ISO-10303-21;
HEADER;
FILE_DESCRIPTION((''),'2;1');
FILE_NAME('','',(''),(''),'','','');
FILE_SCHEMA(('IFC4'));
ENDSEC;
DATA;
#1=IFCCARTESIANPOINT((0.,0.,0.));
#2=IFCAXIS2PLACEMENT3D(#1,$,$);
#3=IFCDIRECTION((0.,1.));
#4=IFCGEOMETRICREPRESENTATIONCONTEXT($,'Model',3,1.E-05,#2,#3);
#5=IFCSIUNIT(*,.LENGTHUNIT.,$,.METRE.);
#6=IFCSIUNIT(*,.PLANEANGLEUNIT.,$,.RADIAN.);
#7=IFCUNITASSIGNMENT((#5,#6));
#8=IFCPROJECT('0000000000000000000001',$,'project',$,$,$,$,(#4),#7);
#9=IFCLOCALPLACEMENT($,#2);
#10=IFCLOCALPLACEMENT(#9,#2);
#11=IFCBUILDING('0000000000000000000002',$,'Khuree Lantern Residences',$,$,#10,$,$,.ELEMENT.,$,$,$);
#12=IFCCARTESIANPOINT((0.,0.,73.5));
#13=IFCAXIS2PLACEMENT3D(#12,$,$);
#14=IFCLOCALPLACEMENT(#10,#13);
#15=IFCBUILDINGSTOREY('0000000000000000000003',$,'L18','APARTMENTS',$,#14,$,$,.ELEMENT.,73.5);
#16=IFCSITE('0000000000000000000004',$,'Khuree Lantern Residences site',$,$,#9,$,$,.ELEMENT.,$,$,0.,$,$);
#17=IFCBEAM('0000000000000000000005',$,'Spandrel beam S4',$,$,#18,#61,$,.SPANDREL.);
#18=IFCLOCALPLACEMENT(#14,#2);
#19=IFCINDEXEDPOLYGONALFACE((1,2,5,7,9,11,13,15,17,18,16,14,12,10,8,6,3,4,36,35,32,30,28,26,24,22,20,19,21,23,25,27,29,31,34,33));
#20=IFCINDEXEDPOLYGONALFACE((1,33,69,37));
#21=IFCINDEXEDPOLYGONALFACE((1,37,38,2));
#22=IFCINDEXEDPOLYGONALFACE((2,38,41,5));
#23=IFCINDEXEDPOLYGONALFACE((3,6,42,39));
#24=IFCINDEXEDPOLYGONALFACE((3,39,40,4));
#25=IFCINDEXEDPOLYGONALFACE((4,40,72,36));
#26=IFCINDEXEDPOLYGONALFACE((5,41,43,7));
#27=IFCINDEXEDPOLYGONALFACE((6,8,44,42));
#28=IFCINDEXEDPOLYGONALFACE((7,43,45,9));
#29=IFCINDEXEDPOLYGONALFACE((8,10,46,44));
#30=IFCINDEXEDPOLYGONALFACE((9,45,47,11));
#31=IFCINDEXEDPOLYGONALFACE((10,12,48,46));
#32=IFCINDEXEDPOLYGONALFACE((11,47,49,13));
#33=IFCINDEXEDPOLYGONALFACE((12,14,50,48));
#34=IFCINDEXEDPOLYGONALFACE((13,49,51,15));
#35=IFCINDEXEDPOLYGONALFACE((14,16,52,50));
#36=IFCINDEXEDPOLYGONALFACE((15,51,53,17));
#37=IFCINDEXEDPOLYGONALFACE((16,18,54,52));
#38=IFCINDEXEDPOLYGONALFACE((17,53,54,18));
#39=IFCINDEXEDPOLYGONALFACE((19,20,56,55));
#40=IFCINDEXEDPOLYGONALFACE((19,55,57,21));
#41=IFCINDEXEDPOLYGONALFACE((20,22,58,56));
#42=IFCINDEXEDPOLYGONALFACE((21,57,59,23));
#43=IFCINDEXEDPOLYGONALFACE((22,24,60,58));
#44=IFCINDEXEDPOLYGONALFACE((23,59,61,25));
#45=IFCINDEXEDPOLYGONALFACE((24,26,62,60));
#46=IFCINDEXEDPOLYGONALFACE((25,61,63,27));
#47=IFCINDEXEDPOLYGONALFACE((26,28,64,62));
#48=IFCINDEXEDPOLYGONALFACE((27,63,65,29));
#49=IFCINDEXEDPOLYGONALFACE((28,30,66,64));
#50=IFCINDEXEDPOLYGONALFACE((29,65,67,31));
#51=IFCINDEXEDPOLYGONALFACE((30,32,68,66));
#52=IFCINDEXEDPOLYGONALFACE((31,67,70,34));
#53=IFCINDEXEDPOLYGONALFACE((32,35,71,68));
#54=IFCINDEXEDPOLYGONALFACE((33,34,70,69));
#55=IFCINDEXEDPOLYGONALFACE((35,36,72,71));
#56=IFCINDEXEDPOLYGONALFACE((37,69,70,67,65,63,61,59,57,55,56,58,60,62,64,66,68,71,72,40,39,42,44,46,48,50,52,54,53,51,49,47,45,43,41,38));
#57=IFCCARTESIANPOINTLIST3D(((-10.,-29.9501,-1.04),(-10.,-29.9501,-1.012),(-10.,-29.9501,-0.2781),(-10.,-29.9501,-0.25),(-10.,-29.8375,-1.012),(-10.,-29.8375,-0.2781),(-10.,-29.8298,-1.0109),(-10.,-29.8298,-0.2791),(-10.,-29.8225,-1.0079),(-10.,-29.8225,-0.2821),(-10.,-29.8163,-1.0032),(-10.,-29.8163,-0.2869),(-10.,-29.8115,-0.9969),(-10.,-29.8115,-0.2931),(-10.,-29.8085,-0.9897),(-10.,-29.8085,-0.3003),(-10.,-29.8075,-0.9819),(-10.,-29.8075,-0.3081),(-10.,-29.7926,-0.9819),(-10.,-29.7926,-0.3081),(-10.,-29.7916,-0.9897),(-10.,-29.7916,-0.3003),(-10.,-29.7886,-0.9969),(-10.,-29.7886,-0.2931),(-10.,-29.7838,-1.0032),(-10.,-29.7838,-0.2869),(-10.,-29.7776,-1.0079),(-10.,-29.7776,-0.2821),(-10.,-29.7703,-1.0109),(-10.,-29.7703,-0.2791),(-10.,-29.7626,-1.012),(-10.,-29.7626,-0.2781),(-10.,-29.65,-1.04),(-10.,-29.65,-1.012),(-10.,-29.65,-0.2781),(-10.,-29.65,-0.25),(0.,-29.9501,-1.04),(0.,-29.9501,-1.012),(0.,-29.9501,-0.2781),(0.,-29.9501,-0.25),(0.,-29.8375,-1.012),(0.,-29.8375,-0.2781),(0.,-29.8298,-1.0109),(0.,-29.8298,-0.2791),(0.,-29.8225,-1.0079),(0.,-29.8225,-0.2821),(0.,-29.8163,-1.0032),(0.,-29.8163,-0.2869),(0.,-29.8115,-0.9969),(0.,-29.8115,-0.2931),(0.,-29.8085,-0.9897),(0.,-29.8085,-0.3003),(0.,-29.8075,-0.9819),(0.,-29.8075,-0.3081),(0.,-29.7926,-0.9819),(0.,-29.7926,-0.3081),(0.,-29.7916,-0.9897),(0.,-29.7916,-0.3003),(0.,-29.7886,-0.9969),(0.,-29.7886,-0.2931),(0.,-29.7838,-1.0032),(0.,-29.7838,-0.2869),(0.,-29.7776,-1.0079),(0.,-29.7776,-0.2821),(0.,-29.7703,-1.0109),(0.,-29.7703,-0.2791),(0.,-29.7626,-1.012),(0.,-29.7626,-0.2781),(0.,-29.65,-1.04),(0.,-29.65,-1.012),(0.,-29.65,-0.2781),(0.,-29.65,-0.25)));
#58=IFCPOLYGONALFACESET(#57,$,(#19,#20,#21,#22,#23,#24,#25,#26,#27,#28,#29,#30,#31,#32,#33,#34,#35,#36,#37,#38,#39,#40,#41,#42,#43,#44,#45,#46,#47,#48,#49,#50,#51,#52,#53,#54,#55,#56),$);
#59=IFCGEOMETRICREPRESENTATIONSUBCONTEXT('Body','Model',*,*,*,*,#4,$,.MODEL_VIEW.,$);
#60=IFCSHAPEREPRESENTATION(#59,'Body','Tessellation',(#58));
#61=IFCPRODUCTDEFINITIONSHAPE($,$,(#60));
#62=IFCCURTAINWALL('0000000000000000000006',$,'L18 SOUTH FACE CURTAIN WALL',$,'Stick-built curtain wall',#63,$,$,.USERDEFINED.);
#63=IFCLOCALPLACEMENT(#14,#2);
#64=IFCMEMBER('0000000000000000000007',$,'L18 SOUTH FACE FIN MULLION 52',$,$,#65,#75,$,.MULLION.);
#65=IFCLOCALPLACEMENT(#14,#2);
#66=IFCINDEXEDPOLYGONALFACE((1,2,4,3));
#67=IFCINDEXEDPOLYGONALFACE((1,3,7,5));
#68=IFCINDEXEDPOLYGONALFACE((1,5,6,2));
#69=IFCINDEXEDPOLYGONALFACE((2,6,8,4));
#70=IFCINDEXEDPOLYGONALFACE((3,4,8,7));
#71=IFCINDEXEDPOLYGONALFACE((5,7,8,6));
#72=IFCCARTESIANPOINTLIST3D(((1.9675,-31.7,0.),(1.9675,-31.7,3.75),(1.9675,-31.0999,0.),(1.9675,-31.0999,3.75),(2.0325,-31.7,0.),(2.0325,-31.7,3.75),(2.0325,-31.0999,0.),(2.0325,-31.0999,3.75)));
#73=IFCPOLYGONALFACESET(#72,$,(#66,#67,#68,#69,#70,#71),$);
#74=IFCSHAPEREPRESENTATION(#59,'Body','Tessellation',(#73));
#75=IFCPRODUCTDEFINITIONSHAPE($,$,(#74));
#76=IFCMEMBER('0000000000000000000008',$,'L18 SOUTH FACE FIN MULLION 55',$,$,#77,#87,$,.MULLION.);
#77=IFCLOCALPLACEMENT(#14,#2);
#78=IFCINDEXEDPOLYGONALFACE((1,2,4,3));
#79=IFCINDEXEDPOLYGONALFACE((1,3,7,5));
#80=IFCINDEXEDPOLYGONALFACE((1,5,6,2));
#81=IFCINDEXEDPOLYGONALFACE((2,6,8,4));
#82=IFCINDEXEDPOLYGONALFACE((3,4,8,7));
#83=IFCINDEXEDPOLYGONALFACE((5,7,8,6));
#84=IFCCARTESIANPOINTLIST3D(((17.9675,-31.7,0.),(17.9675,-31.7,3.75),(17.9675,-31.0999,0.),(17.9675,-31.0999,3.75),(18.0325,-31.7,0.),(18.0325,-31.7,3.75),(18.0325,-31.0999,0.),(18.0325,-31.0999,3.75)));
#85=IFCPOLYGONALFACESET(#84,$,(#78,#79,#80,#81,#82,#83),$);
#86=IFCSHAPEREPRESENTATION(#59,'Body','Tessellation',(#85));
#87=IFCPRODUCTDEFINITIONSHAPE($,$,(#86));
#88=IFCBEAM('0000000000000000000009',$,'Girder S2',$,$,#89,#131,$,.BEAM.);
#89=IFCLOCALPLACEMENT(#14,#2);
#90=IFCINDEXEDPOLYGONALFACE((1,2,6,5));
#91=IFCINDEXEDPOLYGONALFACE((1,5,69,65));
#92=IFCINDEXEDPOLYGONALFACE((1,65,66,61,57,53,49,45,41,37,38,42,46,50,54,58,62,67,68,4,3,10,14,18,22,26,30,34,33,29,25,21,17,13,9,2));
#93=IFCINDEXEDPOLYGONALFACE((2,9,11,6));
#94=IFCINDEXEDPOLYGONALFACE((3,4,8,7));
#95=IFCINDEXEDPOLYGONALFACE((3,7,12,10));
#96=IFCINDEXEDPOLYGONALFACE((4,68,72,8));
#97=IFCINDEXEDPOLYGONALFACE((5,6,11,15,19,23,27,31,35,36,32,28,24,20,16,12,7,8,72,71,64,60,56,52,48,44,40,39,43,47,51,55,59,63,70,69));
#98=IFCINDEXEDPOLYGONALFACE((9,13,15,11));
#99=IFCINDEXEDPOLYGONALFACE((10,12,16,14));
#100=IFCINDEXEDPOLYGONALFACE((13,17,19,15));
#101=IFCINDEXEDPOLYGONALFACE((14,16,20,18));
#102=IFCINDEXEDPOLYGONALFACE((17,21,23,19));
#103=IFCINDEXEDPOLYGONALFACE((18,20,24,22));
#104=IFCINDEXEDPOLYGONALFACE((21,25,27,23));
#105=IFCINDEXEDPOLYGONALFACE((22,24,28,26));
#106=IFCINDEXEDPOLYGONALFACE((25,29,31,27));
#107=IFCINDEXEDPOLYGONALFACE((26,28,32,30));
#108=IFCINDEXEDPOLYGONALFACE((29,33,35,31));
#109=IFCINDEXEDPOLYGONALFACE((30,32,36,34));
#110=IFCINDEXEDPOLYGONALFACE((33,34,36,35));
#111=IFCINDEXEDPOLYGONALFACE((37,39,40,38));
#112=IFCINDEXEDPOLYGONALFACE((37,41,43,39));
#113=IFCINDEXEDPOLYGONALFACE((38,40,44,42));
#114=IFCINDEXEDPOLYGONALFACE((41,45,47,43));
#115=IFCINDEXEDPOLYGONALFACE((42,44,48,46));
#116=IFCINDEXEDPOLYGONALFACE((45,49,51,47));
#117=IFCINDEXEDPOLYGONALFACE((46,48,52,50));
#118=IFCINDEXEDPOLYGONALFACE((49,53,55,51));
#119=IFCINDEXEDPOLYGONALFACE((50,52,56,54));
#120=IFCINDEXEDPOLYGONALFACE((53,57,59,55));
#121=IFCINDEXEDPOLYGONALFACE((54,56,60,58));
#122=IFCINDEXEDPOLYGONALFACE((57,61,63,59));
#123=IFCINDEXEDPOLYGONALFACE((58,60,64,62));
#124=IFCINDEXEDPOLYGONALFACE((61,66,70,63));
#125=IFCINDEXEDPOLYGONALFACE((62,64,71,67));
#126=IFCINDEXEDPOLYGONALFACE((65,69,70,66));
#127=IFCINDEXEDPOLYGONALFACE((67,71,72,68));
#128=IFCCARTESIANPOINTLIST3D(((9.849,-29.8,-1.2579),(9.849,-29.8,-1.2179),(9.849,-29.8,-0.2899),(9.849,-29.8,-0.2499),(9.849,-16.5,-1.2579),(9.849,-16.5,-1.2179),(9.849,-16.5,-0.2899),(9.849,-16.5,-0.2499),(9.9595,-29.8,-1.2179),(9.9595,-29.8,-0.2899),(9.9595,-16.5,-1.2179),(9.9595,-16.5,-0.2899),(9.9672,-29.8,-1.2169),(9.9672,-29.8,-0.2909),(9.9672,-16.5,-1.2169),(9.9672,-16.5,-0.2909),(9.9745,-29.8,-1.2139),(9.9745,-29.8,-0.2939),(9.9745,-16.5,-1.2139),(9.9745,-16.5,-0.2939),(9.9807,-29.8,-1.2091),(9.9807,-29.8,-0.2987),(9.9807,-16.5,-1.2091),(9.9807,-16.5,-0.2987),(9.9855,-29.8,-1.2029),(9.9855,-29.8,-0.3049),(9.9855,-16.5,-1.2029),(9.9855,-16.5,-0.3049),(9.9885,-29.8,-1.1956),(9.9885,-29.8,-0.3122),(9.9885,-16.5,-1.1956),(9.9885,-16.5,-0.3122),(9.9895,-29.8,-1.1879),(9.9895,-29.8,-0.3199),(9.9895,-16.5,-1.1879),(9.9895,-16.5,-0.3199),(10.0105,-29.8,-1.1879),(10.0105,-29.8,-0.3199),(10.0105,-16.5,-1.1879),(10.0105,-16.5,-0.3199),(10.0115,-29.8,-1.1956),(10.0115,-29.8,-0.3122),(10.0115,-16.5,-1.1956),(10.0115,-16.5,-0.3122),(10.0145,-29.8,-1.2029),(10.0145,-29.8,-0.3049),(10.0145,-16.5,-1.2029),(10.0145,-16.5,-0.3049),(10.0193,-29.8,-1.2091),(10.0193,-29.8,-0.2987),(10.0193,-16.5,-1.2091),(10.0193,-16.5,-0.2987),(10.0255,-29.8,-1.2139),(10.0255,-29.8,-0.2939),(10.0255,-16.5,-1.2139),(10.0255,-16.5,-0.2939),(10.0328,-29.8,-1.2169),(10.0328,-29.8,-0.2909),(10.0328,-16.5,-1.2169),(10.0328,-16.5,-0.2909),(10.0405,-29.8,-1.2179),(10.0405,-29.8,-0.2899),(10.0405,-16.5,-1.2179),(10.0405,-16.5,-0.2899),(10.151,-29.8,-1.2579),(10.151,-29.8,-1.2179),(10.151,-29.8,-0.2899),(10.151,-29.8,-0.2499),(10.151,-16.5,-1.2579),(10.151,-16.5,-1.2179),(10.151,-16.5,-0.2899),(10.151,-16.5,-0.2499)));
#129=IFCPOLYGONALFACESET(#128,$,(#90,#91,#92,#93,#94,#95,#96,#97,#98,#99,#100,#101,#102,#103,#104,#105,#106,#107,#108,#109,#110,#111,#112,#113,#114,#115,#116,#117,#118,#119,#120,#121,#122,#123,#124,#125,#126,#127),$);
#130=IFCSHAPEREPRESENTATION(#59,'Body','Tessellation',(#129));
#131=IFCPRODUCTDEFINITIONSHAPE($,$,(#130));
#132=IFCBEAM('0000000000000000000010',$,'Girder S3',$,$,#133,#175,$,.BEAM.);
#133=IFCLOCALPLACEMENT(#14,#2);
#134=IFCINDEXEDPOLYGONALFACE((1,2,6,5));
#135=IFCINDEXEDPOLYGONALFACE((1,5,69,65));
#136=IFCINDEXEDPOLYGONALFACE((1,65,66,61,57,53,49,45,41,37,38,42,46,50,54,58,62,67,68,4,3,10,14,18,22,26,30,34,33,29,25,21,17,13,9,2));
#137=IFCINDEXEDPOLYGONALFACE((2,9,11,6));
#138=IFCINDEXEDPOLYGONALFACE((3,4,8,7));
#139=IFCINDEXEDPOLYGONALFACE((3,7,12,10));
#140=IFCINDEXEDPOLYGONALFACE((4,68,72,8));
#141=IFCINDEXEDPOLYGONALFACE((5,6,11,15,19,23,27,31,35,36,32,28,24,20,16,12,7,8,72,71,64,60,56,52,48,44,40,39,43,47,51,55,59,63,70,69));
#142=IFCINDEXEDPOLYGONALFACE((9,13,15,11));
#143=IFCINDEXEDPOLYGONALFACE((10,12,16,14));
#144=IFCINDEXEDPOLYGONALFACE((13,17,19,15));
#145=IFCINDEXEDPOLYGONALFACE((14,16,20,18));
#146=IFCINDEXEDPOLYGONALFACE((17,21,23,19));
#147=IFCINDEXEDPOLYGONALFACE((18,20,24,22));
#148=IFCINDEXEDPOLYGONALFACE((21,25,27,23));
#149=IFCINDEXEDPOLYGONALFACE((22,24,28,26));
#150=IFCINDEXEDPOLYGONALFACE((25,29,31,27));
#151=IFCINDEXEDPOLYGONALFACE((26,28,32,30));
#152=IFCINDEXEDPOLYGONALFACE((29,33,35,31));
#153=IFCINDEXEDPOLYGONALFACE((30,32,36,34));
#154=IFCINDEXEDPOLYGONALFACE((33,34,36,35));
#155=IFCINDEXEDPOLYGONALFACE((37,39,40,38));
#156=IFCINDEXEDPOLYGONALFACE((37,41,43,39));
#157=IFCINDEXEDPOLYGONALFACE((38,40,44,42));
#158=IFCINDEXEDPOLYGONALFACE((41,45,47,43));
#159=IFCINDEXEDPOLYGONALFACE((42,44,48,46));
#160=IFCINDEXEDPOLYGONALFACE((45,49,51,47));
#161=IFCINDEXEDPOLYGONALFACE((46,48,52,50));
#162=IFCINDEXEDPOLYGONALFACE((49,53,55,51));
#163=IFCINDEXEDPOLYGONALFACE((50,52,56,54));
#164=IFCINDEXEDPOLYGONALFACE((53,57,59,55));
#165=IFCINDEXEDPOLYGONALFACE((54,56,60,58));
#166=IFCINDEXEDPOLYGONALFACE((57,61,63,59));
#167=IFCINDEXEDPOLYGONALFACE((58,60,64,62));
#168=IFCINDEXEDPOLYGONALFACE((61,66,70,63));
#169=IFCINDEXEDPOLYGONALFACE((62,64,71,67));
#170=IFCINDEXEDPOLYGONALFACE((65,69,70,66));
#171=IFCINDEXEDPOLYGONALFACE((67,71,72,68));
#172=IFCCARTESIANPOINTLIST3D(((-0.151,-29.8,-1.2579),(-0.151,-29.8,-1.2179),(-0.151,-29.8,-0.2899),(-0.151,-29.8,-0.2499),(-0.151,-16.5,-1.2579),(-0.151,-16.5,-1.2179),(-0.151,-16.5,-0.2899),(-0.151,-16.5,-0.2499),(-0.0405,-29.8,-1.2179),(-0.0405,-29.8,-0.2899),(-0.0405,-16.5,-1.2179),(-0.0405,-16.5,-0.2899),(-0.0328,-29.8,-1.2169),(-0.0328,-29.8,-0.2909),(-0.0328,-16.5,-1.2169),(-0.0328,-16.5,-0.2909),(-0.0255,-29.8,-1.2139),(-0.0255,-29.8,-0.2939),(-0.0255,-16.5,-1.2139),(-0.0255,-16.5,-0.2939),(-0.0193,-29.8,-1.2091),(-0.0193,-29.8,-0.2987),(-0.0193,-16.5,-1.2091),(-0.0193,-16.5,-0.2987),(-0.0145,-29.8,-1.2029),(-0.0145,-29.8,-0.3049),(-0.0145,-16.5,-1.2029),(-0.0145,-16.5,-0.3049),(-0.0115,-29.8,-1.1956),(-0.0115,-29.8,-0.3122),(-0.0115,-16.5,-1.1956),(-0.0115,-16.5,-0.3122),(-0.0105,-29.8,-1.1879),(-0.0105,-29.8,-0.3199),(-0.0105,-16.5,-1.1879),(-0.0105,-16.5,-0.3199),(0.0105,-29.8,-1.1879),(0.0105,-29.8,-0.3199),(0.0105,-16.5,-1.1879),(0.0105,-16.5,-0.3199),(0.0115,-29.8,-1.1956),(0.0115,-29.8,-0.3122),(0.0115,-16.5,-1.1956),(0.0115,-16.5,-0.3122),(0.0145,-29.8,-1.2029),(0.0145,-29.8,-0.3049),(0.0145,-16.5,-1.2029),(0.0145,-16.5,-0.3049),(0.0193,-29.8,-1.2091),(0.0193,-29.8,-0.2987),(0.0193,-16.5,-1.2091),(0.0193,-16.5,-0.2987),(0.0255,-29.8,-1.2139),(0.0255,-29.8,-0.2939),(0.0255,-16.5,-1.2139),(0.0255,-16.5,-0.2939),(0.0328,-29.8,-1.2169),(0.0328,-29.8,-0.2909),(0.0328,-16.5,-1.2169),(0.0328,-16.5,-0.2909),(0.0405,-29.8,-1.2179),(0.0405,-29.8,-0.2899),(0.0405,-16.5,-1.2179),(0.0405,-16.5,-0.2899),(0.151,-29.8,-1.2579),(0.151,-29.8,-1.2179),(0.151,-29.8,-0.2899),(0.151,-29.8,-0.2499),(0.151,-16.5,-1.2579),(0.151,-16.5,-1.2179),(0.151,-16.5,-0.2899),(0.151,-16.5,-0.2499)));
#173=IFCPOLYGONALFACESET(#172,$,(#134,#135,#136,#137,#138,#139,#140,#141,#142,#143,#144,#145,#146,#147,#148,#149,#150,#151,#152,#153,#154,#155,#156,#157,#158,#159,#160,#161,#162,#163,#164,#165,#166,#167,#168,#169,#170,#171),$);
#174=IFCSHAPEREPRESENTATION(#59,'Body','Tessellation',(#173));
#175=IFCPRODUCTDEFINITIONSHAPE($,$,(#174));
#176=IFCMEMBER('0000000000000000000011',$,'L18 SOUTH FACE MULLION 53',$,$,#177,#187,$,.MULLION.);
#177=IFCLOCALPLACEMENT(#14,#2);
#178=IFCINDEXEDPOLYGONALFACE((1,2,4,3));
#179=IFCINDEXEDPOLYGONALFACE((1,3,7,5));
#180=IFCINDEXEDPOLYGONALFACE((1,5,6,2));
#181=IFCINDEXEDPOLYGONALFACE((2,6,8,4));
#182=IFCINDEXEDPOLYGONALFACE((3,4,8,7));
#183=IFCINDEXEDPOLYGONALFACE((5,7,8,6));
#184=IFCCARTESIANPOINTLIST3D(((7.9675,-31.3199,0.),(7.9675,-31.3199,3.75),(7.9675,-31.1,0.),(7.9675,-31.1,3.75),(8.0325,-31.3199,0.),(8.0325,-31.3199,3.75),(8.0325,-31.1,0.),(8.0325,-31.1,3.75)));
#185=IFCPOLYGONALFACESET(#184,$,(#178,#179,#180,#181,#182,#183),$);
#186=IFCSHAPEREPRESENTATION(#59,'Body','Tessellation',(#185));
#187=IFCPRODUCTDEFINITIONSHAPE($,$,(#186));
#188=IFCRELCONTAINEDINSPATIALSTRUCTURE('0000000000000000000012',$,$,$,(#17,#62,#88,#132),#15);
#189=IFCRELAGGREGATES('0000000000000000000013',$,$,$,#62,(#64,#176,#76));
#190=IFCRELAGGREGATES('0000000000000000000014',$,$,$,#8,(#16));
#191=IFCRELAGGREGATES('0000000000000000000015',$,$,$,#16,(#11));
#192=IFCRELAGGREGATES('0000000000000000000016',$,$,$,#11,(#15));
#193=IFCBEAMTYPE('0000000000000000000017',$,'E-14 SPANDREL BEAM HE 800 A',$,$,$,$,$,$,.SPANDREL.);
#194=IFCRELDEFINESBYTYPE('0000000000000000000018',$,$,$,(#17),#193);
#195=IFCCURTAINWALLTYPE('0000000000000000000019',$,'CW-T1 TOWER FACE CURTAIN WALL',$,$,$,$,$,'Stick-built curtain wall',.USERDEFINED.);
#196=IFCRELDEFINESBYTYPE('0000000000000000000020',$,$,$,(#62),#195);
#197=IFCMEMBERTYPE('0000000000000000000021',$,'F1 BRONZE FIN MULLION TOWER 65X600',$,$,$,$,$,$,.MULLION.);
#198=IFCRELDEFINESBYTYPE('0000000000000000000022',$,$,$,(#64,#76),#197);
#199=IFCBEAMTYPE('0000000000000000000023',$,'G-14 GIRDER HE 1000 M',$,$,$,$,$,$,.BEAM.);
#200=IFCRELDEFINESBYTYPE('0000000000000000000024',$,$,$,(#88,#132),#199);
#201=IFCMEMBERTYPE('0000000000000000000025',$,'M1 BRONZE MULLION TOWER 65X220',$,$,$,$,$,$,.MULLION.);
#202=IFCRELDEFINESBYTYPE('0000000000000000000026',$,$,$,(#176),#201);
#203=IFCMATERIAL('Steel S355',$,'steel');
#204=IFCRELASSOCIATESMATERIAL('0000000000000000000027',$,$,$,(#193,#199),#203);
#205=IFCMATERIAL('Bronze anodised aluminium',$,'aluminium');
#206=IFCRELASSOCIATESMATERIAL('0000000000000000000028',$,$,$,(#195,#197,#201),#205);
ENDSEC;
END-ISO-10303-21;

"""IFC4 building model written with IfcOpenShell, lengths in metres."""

from ifc_helpers import new_model, si_unit, direction, frame, origin, origin_2d, place, context, subcontext, project, spatial, rectangle, i_section, extrude, material, material_profile, profile_set, type_object, element, aggregate, save


model = new_model("IFC4")

# Units and contexts
model_context = context("Model", 3, precision=1e-05, world=origin(), true_north=direction((0.0, 1.0)))
body_context = subcontext(model_context, "Body", "Model", "MODEL_VIEW")
ifc_project = project(units=[si_unit("LENGTHUNIT", "METRE"), si_unit("PLANEANGLEUNIT", "RADIAN")], contexts=[model_context])

# Site, building, storey
site_placement = place(None, origin())
site = spatial("IfcSite", under=ifc_project, at=site_placement, Name="Khuree Lantern Residences site", CompositionType="ELEMENT", RefElevation=0.0)
building_placement = place(site_placement, origin())
building = spatial("IfcBuilding", under=site, at=building_placement, Name="Khuree Lantern Residences", CompositionType="ELEMENT")
storey_placement = place(building_placement, frame((0.0, 0.0, 73.5)))
storey = spatial("IfcBuildingStorey", under=building, at=storey_placement, Name="L18", Description="APARTMENTS", CompositionType="ELEMENT", Elevation=73.5)

# Beam
ifc_material_1 = material(Name="Steel S355", Category="steel")
ifc_material_profile_1 = material_profile(ifc_material_1, i_section(OverallWidth=0.3, OverallDepth=0.79, WebThickness=0.0149, FlangeThickness=0.0281, FilletRadius=0.03, at=origin_2d()), Name="HE 800 A")
ifc_profile_set_1 = profile_set([ifc_material_profile_1], Name="Steel S355")
beam_type_1 = type_object("IfcBeamType", Name="E-14 SPANDREL BEAM HE 800 A", PredefinedType="SPANDREL", material=ifc_profile_set_1)
for number, where, z_axis, x_axis, name in (
    (1, (0.0, -29.8, -0.645), (-1.0, 0.0, 0.0), (0.0, -1.0, 0.0), "Spandrel beam S4"),
):
    element("IfcBeam", number, at=place(storey_placement, frame(where, z_axis=z_axis, x_axis=x_axis)), inside=storey, type_object=beam_type_1, Name=name, PredefinedType="SPANDREL", context=body_context, shape_type="SweptSolid", body=[
        extrude(i_section(OverallWidth=0.3, OverallDepth=0.79, WebThickness=0.0149, FlangeThickness=0.0281, FilletRadius=0.03, at=origin_2d()), origin(), (0.0, 0.0, 1.0), 10.0),
    ])

# Curtain wall, members
ifc_material_2 = material(Name="Bronze anodised aluminium", Category="aluminium")
curtain_wall_type = type_object("IfcCurtainWallType", Name="CW-T1 TOWER FACE CURTAIN WALL", ElementType="Stick-built curtain wall", PredefinedType="USERDEFINED", material=ifc_material_2)
curtain_wall_placement = place(storey_placement, origin())
curtain_wall = element("IfcCurtainWall", 2, at=curtain_wall_placement, inside=storey, type_object=curtain_wall_type, Name="L18 SOUTH FACE CURTAIN WALL", ObjectType="Stick-built curtain wall", PredefinedType="USERDEFINED")
ifc_material_profile_2 = material_profile(ifc_material_2, rectangle(XDim=0.0649, YDim=0.6001, at=origin_2d()), Name="F1 65X600")
ifc_profile_set_2 = profile_set([ifc_material_profile_2], Name="Bronze anodised aluminium")
member_type_1 = type_object("IfcMemberType", Name="F1 BRONZE FIN MULLION TOWER 65X600", PredefinedType="MULLION", material=ifc_profile_set_2)
member_1_placement = place(storey_placement, frame((2.0, -31.3999, 0.0), z_axis=(0.0, 0.0, 1.0), x_axis=(1.0, 0.0, 0.0)))
member_1 = element("IfcMember", 3, at=member_1_placement, type_object=member_type_1, Name="L18 SOUTH FACE FIN MULLION 52", PredefinedType="MULLION", context=body_context, shape_type="SweptSolid", body=[
    extrude(rectangle(XDim=0.0649, YDim=0.6001, at=origin_2d()), origin(), (0.0, 0.0, 1.0), 3.75),
])
member_2_placement = place(storey_placement, frame((18.0, -31.3999, 0.0), z_axis=(0.0, 0.0, 1.0), x_axis=(1.0, 0.0, 0.0)))
member_2 = element("IfcMember", 4, at=member_2_placement, type_object=member_type_1, Name="L18 SOUTH FACE FIN MULLION 55", PredefinedType="MULLION", context=body_context, shape_type="SweptSolid", body=[
    extrude(rectangle(XDim=0.0649, YDim=0.6001, at=origin_2d()), origin(), (0.0, 0.0, 1.0), 3.75),
])

# Beams
ifc_material_profile_3 = material_profile(ifc_material_1, i_section(OverallWidth=0.302, OverallDepth=1.0081, WebThickness=0.021, FlangeThickness=0.04, FilletRadius=0.03, at=origin_2d()), Name="HE 1000 M")
ifc_profile_set_3 = profile_set([ifc_material_profile_3], Name="Steel S355")
beam_type_2 = type_object("IfcBeamType", Name="G-14 GIRDER HE 1000 M", PredefinedType="BEAM", material=ifc_profile_set_3)
for number, where, z_axis, x_axis, name in (
    (5, (10.0, -29.8, -0.7539), (0.0, 1.0, 0.0), (-1.0, 0.0, 0.0), "Girder S2"),
    (6, (0.0, -29.8, -0.7539), (0.0, 1.0, 0.0), (-1.0, 0.0, 0.0), "Girder S3"),
):
    element("IfcBeam", number, at=place(storey_placement, frame(where, z_axis=z_axis, x_axis=x_axis)), inside=storey, type_object=beam_type_2, Name=name, PredefinedType="BEAM", context=body_context, shape_type="SweptSolid", body=[
        extrude(i_section(OverallWidth=0.302, OverallDepth=1.0081, WebThickness=0.021, FlangeThickness=0.04, FilletRadius=0.03, at=origin_2d()), origin(), (0.0, 0.0, 1.0), 13.3),
    ])

# Member
ifc_material_profile_4 = material_profile(ifc_material_2, rectangle(XDim=0.0649, YDim=0.22, at=origin_2d()), Name="M1 65X220")
ifc_profile_set_4 = profile_set([ifc_material_profile_4], Name="Bronze anodised aluminium")
member_type_2 = type_object("IfcMemberType", Name="M1 BRONZE MULLION TOWER 65X220", PredefinedType="MULLION", material=ifc_profile_set_4)
member_3_placement = place(storey_placement, frame((8.0, -31.21, 0.0), z_axis=(0.0, 0.0, 1.0), x_axis=(1.0, 0.0, 0.0)))
member_3 = element("IfcMember", 7, at=member_3_placement, type_object=member_type_2, Name="L18 SOUTH FACE MULLION 53", PredefinedType="MULLION", context=body_context, shape_type="SweptSolid", body=[
    extrude(rectangle(XDim=0.0649, YDim=0.22, at=origin_2d()), origin(), (0.0, 0.0, 1.0), 3.75),
])

aggregate(curtain_wall, [member_1, member_3, member_2])

save(model, "model.ifc")
